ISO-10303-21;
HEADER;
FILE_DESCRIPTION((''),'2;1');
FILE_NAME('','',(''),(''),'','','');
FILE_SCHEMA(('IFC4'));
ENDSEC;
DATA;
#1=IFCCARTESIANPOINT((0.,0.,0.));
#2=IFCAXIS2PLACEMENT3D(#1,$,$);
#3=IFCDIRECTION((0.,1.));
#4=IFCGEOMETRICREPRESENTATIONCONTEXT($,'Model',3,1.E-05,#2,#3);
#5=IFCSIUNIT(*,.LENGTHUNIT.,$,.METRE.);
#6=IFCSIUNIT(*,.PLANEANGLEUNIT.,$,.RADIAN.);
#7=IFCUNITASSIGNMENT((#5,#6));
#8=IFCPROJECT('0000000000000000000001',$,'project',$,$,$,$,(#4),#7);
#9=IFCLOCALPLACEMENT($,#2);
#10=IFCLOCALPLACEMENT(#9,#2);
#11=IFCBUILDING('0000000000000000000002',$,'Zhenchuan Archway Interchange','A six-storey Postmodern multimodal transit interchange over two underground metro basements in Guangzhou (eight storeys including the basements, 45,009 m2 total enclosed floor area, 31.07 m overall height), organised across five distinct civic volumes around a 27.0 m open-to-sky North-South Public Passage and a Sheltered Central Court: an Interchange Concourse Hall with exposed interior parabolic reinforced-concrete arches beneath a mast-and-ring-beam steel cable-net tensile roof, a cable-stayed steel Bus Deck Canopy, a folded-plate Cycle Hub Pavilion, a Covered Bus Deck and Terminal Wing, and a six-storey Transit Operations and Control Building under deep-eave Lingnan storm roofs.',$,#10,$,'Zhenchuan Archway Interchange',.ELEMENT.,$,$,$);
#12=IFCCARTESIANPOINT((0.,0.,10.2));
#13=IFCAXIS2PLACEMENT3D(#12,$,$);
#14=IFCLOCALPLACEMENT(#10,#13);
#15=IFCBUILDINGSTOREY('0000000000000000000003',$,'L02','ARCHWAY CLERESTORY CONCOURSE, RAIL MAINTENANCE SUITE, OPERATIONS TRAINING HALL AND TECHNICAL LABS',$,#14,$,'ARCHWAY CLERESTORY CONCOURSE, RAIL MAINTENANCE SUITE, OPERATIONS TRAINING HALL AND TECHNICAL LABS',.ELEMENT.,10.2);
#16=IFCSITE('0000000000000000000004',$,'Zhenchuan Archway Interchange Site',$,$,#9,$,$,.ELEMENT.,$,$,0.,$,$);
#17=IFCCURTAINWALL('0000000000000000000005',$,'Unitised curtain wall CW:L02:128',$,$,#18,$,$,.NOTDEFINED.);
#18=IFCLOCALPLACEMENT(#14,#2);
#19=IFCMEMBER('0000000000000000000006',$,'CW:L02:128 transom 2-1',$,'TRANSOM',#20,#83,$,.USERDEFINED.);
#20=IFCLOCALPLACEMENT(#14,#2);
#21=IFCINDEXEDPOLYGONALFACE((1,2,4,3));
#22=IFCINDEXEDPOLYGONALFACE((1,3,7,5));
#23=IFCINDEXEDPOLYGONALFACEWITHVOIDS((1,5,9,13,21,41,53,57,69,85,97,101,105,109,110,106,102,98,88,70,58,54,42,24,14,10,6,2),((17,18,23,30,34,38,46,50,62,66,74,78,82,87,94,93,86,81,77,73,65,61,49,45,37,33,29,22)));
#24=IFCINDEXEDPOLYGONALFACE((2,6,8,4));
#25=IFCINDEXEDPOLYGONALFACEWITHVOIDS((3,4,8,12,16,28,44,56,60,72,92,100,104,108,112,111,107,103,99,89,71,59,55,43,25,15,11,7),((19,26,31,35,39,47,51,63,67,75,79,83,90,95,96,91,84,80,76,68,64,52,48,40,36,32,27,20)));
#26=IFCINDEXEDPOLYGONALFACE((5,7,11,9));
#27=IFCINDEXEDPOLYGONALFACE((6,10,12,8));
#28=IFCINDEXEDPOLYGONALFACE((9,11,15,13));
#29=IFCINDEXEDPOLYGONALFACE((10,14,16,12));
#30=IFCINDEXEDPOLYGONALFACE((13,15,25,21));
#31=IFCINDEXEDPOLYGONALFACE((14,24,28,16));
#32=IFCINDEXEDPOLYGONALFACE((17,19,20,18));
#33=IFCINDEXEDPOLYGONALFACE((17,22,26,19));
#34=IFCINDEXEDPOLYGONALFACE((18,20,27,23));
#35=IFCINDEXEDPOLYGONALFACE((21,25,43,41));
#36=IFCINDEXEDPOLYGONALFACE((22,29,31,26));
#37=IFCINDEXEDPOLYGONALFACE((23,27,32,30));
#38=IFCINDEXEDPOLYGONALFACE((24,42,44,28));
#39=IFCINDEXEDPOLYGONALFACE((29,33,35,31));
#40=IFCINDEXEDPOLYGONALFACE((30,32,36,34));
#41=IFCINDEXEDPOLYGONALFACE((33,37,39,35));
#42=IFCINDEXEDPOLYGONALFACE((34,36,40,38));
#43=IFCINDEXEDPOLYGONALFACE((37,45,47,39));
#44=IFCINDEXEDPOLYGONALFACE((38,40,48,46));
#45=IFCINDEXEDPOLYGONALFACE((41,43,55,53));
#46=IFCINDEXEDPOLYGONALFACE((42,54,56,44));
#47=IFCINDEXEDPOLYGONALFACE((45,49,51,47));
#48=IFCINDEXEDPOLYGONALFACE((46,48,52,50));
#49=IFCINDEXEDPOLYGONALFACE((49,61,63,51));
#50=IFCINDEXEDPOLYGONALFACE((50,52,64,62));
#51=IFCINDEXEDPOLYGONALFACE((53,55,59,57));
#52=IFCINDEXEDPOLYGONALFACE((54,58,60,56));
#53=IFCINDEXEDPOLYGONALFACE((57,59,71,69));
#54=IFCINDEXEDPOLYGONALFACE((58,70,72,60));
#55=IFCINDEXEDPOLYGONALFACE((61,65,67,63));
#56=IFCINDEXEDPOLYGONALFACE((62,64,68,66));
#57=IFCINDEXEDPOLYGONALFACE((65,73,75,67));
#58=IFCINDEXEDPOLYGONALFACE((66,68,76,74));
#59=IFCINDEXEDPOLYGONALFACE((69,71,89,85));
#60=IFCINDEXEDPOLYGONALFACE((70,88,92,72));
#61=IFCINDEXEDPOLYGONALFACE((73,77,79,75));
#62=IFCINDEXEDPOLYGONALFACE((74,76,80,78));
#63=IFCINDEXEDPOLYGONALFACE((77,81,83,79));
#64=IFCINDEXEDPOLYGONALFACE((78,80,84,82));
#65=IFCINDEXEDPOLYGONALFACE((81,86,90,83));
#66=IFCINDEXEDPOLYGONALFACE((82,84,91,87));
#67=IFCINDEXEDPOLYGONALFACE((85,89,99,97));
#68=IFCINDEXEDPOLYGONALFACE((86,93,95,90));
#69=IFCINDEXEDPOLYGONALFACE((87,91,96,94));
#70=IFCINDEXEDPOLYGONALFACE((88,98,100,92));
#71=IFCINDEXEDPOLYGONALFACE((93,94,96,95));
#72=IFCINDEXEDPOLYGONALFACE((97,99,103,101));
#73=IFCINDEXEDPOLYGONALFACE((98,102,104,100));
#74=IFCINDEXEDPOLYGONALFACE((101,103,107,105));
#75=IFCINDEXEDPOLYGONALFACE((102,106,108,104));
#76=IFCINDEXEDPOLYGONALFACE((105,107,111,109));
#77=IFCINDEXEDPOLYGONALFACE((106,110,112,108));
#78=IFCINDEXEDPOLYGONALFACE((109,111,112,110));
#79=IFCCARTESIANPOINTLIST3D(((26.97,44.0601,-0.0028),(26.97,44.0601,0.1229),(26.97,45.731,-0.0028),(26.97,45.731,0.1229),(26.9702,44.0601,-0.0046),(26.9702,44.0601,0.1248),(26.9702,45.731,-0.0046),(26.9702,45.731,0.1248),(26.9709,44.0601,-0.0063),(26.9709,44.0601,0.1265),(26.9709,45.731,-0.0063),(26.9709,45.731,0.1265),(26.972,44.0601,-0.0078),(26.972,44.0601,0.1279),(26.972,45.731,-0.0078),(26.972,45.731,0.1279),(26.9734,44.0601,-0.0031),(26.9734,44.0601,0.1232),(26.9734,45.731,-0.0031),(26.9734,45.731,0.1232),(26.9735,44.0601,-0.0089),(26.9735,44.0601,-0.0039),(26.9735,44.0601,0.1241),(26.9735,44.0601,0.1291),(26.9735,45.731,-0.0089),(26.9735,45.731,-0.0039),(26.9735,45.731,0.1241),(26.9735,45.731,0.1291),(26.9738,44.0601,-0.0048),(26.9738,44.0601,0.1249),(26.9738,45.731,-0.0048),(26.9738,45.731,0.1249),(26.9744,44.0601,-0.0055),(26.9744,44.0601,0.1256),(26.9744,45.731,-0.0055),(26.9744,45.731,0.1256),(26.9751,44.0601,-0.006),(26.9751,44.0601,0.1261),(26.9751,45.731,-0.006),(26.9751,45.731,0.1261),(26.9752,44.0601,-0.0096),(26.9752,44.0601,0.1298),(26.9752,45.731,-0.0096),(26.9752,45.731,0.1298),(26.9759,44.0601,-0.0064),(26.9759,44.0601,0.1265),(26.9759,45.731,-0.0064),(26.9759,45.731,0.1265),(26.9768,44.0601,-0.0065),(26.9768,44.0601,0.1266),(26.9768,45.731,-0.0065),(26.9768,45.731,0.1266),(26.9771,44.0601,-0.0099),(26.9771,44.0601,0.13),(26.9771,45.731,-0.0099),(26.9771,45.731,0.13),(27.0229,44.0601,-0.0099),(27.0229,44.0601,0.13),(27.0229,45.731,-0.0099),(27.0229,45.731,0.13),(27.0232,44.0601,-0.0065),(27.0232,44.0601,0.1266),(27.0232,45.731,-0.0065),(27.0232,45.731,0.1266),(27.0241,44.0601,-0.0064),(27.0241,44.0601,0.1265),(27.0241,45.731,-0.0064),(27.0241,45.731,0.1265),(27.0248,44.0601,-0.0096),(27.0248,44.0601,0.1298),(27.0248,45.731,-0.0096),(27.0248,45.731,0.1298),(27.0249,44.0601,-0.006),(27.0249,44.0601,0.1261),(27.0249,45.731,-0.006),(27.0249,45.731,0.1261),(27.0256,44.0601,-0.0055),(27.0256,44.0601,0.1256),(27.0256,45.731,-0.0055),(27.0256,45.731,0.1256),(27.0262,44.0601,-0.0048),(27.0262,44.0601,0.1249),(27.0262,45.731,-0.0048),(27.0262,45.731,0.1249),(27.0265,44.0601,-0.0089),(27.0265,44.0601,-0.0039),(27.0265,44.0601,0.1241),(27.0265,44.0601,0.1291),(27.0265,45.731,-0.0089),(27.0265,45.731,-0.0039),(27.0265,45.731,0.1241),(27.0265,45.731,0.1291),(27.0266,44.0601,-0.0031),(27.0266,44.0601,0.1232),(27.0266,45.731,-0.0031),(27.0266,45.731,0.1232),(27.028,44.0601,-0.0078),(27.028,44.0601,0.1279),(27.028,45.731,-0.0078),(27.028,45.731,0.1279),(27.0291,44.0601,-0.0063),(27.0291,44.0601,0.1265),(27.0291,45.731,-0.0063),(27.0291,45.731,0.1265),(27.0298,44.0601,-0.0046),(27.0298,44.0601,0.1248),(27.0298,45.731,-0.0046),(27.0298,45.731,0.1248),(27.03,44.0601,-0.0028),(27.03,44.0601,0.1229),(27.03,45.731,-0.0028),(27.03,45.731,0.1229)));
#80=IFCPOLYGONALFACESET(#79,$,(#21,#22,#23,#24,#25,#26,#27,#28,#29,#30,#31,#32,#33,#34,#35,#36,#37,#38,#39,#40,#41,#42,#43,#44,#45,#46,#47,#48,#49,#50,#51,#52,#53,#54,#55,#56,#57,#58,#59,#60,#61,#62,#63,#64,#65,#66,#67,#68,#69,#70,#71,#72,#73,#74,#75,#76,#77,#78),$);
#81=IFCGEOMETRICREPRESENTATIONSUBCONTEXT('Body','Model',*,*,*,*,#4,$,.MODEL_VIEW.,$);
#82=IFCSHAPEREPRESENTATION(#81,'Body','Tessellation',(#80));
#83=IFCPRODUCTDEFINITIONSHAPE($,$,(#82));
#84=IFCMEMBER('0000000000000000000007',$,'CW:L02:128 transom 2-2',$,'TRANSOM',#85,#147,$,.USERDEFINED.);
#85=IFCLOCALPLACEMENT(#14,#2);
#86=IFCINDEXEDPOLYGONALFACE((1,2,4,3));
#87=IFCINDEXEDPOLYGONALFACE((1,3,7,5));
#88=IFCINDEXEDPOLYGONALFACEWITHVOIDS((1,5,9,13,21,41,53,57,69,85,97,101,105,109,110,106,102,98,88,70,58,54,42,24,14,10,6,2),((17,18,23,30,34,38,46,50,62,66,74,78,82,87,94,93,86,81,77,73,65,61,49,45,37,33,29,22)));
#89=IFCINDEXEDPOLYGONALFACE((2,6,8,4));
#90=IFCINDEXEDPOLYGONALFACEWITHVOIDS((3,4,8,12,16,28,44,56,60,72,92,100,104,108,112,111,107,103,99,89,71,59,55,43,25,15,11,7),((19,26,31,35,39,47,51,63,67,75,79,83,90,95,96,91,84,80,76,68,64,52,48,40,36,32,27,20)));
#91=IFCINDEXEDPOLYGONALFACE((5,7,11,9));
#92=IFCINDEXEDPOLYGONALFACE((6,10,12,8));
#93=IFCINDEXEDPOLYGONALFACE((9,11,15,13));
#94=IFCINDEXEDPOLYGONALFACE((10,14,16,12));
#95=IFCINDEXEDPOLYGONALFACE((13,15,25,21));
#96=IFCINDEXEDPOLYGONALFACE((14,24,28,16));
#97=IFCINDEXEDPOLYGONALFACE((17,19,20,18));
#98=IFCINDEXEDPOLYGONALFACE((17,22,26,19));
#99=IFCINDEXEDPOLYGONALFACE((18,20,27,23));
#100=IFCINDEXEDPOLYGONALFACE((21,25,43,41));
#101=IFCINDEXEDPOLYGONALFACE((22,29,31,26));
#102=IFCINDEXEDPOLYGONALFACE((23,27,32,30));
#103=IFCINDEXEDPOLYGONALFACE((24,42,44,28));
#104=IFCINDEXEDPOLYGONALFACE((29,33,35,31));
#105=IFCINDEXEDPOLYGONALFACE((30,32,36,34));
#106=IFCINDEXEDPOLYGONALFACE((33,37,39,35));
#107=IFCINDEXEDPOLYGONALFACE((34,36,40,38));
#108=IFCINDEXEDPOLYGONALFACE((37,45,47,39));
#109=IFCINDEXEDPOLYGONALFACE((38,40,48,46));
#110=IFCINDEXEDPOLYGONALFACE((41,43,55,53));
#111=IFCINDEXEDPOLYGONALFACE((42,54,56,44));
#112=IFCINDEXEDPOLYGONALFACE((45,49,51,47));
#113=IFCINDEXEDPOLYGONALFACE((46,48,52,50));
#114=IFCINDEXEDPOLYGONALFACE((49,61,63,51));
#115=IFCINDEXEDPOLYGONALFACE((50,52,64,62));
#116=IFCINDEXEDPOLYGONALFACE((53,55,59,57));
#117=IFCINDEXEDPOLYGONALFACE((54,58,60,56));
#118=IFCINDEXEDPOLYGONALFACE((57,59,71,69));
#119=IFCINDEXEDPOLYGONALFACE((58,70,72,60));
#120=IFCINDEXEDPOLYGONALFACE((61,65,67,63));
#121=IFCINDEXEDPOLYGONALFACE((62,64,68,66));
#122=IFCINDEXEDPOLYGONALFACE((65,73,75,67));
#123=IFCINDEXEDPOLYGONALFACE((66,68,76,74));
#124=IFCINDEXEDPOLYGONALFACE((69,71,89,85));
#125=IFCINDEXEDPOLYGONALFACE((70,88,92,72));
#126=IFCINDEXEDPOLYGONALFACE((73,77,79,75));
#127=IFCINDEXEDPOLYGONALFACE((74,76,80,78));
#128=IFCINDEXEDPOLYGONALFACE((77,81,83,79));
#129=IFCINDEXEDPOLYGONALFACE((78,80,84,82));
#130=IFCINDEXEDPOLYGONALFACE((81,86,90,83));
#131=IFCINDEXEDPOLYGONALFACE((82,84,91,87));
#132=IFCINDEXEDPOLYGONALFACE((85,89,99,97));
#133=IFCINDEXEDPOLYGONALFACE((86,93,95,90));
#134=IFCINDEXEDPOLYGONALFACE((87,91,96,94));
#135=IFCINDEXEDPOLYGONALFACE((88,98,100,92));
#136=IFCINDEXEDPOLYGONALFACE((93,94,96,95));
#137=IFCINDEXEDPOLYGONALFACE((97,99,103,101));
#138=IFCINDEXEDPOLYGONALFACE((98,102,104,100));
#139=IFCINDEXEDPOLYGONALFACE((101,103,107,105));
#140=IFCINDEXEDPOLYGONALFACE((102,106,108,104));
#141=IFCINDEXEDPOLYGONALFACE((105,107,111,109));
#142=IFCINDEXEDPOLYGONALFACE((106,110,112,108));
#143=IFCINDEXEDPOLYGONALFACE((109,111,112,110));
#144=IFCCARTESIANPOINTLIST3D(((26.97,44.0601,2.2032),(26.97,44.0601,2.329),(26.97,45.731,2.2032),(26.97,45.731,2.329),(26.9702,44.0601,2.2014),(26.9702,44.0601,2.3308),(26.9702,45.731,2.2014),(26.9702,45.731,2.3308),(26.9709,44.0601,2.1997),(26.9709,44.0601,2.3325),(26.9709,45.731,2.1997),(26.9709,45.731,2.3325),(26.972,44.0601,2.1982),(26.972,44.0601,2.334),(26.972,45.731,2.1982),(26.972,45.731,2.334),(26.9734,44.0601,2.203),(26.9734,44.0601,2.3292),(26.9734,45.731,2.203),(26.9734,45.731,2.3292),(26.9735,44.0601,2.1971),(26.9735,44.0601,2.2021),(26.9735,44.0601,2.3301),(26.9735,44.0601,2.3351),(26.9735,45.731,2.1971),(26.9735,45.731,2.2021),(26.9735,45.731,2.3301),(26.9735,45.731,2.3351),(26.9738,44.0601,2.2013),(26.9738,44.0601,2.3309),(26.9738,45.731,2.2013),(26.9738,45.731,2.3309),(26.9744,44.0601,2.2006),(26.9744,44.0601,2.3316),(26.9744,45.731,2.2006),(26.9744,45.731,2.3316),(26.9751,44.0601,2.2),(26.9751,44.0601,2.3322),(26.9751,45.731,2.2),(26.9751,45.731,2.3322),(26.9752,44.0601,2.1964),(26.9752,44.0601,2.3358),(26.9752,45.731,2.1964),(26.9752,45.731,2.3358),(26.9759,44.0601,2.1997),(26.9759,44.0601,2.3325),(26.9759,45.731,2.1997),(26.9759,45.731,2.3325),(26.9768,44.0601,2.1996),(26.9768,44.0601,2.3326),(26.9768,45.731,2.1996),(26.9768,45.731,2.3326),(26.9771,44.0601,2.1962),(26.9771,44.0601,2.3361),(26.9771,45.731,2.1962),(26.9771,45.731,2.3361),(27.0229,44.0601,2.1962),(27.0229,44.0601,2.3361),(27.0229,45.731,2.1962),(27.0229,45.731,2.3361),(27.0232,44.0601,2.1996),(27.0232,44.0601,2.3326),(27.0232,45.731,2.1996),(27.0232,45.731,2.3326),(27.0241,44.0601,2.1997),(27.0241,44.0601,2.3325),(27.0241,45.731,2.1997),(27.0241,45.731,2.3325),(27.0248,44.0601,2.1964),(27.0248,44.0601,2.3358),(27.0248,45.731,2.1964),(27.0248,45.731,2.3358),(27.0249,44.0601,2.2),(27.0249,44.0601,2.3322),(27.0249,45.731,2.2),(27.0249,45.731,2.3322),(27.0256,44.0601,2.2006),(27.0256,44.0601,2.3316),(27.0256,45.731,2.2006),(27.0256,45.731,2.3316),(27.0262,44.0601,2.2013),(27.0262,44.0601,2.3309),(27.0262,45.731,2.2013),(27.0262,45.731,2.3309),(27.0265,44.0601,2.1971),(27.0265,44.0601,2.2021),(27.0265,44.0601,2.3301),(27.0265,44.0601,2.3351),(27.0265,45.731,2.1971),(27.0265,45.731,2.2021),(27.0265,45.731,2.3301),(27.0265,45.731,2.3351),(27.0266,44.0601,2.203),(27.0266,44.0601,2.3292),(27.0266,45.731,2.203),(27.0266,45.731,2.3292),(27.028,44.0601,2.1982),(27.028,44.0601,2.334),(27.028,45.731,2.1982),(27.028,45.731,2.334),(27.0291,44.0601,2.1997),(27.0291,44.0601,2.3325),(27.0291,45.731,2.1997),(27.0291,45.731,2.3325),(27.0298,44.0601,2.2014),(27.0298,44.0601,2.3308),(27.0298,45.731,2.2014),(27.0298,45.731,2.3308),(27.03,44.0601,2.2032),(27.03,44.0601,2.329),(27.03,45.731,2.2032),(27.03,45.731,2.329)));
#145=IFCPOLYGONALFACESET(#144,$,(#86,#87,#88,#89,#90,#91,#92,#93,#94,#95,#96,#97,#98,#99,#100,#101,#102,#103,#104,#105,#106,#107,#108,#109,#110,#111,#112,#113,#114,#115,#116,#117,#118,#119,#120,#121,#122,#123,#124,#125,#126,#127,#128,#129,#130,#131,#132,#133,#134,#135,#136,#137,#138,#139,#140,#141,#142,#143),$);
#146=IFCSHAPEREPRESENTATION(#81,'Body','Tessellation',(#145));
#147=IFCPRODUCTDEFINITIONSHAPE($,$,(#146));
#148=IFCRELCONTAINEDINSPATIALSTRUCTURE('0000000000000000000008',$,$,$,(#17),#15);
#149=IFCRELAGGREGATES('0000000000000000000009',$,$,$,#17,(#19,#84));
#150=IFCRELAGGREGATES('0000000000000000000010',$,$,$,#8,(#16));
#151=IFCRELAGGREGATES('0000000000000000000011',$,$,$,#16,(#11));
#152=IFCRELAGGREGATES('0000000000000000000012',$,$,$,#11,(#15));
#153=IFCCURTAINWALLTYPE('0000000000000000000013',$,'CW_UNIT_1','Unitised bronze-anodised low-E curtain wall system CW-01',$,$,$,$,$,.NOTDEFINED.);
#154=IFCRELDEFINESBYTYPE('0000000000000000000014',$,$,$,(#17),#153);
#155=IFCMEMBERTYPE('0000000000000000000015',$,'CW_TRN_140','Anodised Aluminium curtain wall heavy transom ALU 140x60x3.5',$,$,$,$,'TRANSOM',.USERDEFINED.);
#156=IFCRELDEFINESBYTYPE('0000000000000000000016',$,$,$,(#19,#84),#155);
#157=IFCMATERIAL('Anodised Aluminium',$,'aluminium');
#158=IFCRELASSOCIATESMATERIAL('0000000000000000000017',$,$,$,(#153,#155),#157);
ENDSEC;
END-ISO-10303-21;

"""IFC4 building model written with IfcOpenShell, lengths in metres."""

from ifc_helpers import new_model, si_unit, direction, frame, origin, origin_2d, place, context, subcontext, project, spatial, hollow_rectangle, extrude, material, material_profile, profile_set, type_object, element, aggregate, save


model = new_model("IFC4")

# Units and contexts
model_context = context("Model", 3, precision=1e-05, world=origin(), true_north=direction((0.0, 1.0)))
body_context = subcontext(model_context, "Body", "Model", "MODEL_VIEW")
ifc_project = project(units=[si_unit("LENGTHUNIT", "METRE"), si_unit("PLANEANGLEUNIT", "RADIAN")], contexts=[model_context])

# Site, building, storey
site_placement = place(None, origin())
site = spatial("IfcSite", under=ifc_project, at=site_placement, Name="Zhenchuan Archway Interchange Site", CompositionType="ELEMENT", RefElevation=0.0)
building_placement = place(site_placement, origin())
building = spatial("IfcBuilding", under=site, at=building_placement, Name="Zhenchuan Archway Interchange", Description="A six-storey Postmodern multimodal transit interchange over two underground metro basements in Guangzhou (eight storeys including the basements, 45,009 m2 total enclosed floor area, 31.07 m overall height), organised across five distinct civic volumes around a 27.0 m open-to-sky North-South Public Passage and a Sheltered Central Court: an Interchange Concourse Hall with exposed interior parabolic reinforced-concrete arches beneath a mast-and-ring-beam steel cable-net tensile roof, a cable-stayed steel Bus Deck Canopy, a folded-plate Cycle Hub Pavilion, a Covered Bus Deck and Terminal Wing, and a six-storey Transit Operations and Control Building under deep-eave Lingnan storm roofs.", LongName="Zhenchuan Archway Interchange", CompositionType="ELEMENT")
storey_placement = place(building_placement, frame((0.0, 0.0, 10.2)))
storey = spatial("IfcBuildingStorey", under=building, at=storey_placement, Name="L02", Description="ARCHWAY CLERESTORY CONCOURSE, RAIL MAINTENANCE SUITE, OPERATIONS TRAINING HALL AND TECHNICAL LABS", LongName="ARCHWAY CLERESTORY CONCOURSE, RAIL MAINTENANCE SUITE, OPERATIONS TRAINING HALL AND TECHNICAL LABS", CompositionType="ELEMENT", Elevation=10.2)

# Curtain wall, members
ifc_material_1 = material(Name="Anodised Aluminium", Category="aluminium")
curtain_wall_type = type_object("IfcCurtainWallType", Name="CW_UNIT_1", Description="Unitised bronze-anodised low-E curtain wall system CW-01", PredefinedType="NOTDEFINED", material=ifc_material_1)
curtain_wall_placement = place(storey_placement, origin())
curtain_wall = element("IfcCurtainWall", 1, at=curtain_wall_placement, inside=storey, type_object=curtain_wall_type, Name="Unitised curtain wall CW:L02:128", PredefinedType="NOTDEFINED")
ifc_material_profile_1 = material_profile(ifc_material_1, hollow_rectangle(XDim=0.0601, YDim=0.1399, WallThickness=0.0034, InnerFilletRadius=0.0034, OuterFilletRadius=0.0071, at=origin_2d()), Name="ALU 140x60x3.5")
ifc_profile_set_1 = profile_set([ifc_material_profile_1], Name="Anodised Aluminium")
member_type_1 = type_object("IfcMemberType", Name="CW_TRN_140", Description="Anodised Aluminium curtain wall heavy transom ALU 140x60x3.5", ElementType="TRANSOM", PredefinedType="USERDEFINED", material=ifc_profile_set_1)
member_1_placement = place(storey_placement, frame((27.0, 44.0601, 0.0601), z_axis=(0.0, 1.0, 0.0), x_axis=(-1.0, 0.0, 0.0)))
member_1 = element("IfcMember", 2, at=member_1_placement, type_object=member_type_1, Name="CW:L02:128 transom 2-1", ObjectType="TRANSOM", PredefinedType="USERDEFINED", context=body_context, shape_type="SweptSolid", body=[
    extrude(hollow_rectangle(XDim=0.0601, YDim=0.1399, WallThickness=0.0034, InnerFilletRadius=0.0034, OuterFilletRadius=0.0071, at=origin_2d()), origin(), (0.0, 0.0, 1.0), 1.6709),
])
member_2_placement = place(storey_placement, frame((27.0, 44.0601, 2.2661), z_axis=(0.0, 1.0, 0.0), x_axis=(-1.0, 0.0, 0.0)))
member_2 = element("IfcMember", 3, at=member_2_placement, type_object=member_type_1, Name="CW:L02:128 transom 2-2", ObjectType="TRANSOM", PredefinedType="USERDEFINED", context=body_context, shape_type="SweptSolid", body=[
    extrude(hollow_rectangle(XDim=0.0601, YDim=0.1399, WallThickness=0.0034, InnerFilletRadius=0.0034, OuterFilletRadius=0.0071, at=origin_2d()), origin(), (0.0, 0.0, 1.0), 1.6709),
])
aggregate(curtain_wall, [member_1, member_2])

save(model, "model.ifc")
